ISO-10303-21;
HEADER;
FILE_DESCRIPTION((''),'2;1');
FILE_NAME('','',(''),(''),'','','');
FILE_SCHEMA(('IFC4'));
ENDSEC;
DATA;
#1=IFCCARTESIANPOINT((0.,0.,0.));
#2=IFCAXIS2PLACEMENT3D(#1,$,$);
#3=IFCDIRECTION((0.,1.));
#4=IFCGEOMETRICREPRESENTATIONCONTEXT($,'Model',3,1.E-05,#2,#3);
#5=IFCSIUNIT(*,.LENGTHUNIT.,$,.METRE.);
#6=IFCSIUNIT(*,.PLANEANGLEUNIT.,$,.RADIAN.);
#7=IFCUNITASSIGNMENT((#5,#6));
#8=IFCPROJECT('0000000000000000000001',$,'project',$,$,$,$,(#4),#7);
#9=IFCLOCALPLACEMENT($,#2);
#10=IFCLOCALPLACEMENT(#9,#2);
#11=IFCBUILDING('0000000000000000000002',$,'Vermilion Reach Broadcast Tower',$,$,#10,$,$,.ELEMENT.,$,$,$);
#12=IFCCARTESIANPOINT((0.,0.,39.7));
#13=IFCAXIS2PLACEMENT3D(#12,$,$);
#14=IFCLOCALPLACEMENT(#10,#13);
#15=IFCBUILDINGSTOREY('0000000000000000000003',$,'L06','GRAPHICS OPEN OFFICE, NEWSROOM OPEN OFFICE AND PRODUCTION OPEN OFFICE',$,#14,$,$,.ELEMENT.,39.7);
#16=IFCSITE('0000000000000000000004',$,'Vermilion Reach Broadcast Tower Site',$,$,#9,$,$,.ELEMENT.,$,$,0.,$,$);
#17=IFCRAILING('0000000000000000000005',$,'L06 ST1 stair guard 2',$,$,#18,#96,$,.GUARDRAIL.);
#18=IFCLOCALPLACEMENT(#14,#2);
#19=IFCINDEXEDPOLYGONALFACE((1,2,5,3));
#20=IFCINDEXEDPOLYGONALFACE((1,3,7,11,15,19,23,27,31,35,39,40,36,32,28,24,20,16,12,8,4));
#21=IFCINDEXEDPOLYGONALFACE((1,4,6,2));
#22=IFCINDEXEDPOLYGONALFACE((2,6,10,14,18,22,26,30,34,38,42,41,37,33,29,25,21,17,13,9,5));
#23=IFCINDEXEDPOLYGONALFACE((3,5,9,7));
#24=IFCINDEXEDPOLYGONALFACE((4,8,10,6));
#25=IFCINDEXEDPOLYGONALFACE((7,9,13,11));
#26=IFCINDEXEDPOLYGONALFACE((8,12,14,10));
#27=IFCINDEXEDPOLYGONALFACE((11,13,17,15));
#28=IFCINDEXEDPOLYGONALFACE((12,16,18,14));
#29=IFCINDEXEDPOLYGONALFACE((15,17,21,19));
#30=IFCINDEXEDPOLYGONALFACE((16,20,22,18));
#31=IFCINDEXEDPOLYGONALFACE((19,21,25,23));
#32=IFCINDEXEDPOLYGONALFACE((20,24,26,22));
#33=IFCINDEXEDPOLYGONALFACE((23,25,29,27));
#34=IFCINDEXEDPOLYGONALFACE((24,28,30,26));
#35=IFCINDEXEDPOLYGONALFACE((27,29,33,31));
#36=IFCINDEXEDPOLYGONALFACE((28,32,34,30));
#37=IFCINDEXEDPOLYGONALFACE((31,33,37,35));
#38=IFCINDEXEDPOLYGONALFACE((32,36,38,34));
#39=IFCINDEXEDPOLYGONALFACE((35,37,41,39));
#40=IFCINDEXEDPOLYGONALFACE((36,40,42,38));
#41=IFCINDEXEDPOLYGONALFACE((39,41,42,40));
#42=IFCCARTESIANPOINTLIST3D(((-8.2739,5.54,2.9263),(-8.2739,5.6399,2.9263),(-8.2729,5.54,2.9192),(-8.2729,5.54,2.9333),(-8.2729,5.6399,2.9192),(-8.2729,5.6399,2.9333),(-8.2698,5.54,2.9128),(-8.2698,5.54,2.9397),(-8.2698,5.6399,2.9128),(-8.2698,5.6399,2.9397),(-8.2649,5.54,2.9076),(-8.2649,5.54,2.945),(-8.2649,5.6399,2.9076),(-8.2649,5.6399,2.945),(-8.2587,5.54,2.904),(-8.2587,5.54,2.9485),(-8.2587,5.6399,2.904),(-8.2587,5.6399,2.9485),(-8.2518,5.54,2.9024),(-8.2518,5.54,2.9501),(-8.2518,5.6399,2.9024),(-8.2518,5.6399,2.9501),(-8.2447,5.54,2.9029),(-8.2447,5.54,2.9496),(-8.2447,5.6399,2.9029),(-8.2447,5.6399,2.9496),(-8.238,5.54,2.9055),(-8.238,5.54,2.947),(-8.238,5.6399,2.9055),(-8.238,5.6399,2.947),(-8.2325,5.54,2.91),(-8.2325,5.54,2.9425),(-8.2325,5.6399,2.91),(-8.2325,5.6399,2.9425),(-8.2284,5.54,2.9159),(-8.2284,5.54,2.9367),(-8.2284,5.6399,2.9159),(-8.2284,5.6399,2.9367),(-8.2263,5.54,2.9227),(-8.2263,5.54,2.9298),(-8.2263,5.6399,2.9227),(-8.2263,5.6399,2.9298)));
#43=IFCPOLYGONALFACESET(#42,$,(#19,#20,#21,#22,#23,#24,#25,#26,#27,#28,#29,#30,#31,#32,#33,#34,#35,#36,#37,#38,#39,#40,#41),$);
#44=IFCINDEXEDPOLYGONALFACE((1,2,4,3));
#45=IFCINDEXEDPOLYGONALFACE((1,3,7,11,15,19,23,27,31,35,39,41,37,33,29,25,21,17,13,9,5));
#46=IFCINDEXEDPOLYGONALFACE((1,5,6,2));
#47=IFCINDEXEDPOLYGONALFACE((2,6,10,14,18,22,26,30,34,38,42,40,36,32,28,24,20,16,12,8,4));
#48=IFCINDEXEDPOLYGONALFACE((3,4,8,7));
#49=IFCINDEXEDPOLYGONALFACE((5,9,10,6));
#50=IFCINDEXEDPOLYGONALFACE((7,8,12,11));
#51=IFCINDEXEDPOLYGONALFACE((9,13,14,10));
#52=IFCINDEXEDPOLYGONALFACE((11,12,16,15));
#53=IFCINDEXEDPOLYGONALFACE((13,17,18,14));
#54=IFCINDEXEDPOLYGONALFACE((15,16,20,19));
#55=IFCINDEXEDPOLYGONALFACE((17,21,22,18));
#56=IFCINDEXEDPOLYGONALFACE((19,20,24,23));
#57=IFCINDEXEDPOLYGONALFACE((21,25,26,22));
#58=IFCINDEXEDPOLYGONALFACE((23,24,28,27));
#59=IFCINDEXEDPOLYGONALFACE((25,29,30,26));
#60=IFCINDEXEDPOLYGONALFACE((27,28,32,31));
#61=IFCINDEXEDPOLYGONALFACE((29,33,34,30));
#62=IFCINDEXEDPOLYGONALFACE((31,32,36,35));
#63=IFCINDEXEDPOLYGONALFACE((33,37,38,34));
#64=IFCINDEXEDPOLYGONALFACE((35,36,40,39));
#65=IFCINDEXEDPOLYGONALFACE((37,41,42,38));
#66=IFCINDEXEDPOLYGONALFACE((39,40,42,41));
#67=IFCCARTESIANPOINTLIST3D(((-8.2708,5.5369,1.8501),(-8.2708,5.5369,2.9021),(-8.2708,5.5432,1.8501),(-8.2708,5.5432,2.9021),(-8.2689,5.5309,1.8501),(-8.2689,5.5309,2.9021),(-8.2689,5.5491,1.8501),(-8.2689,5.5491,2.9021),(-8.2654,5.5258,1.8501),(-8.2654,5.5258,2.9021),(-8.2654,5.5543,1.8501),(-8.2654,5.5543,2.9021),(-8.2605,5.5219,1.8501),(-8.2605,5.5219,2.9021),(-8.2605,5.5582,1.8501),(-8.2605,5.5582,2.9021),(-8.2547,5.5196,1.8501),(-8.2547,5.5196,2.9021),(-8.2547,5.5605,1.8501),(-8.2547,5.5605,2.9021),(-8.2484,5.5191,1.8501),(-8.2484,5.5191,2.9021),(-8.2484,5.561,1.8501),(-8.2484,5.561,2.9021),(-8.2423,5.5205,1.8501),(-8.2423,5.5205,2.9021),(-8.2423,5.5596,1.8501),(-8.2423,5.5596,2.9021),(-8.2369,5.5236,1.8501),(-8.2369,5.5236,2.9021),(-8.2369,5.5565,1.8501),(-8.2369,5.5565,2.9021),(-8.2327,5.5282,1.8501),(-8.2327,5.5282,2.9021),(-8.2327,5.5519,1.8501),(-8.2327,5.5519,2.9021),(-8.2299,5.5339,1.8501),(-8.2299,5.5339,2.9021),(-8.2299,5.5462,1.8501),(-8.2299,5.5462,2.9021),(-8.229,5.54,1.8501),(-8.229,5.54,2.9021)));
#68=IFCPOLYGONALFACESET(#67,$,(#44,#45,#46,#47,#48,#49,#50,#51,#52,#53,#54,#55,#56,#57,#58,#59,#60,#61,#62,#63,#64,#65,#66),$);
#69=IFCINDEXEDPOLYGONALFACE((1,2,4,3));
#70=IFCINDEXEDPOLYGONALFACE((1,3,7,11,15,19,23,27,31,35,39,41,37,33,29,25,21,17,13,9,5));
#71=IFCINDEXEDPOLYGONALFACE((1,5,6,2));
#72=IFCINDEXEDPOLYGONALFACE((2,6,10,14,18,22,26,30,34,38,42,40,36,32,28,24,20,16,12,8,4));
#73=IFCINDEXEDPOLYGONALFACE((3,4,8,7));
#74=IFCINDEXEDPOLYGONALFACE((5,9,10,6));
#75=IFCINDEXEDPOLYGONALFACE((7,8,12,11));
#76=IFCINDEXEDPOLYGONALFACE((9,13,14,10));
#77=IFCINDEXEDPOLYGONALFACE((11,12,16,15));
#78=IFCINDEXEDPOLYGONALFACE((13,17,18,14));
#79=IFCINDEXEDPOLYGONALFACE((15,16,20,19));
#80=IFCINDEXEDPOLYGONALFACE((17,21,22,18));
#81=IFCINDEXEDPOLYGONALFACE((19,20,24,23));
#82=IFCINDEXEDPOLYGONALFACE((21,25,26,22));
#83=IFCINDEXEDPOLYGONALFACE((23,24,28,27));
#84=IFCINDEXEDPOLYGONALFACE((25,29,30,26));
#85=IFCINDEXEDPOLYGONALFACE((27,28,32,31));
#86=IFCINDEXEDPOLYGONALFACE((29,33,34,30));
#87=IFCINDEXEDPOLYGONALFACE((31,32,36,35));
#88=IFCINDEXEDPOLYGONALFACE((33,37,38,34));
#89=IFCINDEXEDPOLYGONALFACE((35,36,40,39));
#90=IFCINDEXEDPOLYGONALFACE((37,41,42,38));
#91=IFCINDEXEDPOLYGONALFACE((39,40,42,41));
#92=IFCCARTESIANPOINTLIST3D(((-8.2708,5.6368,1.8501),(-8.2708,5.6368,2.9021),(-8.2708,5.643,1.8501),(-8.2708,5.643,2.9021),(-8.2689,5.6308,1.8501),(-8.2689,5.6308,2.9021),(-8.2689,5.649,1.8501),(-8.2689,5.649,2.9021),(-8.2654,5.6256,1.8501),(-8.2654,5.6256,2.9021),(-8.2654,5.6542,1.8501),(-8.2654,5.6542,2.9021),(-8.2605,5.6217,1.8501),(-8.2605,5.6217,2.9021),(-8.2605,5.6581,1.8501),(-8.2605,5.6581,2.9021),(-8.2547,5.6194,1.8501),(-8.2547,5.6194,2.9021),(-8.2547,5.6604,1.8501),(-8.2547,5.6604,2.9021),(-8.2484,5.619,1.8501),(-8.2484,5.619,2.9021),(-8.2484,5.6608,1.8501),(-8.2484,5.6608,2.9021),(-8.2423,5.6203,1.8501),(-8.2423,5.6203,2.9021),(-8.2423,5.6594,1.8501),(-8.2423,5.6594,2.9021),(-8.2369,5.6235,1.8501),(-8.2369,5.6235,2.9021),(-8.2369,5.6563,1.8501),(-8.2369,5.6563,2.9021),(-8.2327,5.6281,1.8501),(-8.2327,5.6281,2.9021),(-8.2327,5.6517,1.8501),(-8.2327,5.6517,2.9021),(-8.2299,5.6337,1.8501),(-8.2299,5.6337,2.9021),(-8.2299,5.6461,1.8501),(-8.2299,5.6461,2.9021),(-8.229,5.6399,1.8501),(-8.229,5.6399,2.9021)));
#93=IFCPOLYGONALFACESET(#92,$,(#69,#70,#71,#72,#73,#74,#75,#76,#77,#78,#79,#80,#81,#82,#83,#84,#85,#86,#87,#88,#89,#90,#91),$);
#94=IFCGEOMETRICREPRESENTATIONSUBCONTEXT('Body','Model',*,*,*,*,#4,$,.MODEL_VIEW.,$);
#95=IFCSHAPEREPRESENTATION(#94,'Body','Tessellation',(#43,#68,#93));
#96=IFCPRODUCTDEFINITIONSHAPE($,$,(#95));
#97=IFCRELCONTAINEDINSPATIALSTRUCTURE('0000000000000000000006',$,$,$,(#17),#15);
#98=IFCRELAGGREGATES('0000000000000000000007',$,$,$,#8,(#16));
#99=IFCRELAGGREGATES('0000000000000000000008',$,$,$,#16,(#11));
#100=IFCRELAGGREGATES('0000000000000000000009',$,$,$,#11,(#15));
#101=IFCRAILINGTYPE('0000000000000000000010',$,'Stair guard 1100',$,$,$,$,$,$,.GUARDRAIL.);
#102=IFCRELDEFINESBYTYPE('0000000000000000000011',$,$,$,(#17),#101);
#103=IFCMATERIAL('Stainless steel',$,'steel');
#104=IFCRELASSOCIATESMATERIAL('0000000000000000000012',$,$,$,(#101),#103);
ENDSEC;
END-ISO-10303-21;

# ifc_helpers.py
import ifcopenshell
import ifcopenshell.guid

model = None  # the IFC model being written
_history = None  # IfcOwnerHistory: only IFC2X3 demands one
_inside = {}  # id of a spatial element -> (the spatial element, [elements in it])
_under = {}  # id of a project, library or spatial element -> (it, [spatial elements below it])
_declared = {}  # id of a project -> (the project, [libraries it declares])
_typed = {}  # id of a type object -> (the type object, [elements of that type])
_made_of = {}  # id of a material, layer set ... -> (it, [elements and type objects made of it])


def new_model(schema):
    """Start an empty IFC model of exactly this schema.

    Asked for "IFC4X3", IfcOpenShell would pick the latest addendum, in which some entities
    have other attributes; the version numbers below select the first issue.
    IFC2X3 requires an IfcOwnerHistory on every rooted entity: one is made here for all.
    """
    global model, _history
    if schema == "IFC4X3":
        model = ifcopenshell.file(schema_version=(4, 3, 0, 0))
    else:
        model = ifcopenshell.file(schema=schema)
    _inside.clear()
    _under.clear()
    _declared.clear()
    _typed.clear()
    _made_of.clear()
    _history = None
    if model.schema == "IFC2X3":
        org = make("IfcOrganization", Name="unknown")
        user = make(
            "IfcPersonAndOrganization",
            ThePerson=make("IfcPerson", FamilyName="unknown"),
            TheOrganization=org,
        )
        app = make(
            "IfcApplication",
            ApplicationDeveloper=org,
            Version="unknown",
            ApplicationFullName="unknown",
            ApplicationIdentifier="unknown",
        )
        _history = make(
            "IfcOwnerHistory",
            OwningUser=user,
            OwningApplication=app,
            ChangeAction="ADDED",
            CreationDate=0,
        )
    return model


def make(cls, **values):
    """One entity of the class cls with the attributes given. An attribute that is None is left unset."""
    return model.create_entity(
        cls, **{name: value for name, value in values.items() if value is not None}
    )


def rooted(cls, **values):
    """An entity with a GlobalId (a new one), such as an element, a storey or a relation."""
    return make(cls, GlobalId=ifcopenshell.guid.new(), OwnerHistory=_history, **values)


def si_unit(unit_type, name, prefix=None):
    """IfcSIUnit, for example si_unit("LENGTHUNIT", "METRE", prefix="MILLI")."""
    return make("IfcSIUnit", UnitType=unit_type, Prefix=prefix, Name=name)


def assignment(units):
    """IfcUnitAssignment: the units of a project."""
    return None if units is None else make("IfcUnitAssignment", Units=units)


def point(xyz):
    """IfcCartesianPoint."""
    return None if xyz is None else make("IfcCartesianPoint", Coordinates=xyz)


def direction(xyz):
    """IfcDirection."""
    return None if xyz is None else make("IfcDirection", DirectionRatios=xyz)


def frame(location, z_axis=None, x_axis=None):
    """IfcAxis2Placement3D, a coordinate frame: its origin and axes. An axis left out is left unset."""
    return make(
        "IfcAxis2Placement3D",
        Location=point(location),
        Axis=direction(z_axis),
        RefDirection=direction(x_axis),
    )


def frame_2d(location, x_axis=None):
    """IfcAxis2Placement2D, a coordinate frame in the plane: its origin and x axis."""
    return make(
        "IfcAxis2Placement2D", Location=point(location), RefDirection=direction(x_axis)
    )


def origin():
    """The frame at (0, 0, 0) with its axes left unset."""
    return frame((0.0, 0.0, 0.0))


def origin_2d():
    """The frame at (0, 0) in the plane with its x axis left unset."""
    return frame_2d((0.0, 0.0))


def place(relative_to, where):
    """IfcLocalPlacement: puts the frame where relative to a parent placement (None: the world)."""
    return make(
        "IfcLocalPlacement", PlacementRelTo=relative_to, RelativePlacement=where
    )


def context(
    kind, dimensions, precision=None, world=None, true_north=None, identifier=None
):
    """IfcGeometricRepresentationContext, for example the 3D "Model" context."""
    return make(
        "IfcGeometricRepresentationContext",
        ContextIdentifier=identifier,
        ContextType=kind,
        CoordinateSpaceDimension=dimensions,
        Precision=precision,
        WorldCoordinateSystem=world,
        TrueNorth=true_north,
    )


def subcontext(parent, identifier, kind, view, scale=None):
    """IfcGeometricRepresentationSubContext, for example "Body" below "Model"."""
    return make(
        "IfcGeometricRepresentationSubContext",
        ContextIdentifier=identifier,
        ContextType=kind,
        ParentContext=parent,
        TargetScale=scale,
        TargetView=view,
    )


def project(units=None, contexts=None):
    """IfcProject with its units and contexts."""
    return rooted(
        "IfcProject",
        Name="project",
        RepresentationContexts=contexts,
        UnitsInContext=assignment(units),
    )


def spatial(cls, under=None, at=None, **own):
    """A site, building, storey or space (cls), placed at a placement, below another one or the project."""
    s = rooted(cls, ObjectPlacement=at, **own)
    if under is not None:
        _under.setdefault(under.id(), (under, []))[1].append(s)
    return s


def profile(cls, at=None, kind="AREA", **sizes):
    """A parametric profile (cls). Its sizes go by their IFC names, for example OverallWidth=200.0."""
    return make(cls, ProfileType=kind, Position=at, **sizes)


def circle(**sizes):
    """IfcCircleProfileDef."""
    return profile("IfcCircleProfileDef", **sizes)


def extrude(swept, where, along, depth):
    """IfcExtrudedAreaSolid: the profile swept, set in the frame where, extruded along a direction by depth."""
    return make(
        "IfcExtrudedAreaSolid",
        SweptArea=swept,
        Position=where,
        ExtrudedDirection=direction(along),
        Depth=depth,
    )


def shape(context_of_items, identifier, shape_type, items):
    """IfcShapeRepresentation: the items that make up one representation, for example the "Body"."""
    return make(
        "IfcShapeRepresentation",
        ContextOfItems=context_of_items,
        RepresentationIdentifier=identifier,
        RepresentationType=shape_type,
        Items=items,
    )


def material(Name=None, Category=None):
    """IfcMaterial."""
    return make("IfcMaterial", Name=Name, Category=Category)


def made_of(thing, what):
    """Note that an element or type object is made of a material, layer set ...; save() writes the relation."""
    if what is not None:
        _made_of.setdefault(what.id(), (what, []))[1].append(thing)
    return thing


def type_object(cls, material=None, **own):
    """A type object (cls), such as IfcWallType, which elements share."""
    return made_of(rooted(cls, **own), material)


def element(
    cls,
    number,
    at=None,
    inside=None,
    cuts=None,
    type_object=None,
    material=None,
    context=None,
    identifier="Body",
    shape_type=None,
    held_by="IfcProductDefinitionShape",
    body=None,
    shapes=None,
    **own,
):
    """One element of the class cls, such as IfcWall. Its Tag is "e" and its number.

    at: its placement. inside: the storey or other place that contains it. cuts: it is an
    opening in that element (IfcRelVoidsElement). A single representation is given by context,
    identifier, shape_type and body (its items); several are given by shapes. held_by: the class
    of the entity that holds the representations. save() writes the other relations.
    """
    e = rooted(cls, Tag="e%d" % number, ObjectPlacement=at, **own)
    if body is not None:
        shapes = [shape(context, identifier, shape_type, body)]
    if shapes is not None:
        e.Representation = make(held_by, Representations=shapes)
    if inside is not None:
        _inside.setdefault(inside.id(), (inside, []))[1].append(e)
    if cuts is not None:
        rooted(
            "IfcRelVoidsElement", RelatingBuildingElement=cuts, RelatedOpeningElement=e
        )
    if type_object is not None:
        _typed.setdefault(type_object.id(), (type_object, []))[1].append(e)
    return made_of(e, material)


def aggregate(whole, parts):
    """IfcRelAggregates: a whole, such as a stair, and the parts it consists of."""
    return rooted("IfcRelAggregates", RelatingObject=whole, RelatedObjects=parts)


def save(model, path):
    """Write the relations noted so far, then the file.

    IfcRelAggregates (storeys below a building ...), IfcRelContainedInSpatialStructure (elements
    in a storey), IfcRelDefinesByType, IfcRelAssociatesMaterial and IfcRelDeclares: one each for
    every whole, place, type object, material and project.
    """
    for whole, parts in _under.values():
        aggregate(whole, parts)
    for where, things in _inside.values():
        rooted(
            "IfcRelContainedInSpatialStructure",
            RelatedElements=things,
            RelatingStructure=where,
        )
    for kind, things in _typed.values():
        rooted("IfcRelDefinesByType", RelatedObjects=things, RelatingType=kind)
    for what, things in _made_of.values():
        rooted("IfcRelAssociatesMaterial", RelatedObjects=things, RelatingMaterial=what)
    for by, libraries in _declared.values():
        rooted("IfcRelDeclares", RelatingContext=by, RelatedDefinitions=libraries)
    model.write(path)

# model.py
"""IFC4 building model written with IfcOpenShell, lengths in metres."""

from ifc_helpers import new_model, si_unit, direction, frame, origin, origin_2d, place, context, subcontext, project, spatial, circle, extrude, material, type_object, element, save


model = new_model("IFC4")

# Units and contexts
model_context = context("Model", 3, precision=1e-05, world=origin(), true_north=direction((0.0, 1.0)))
body_context = subcontext(model_context, "Body", "Model", "MODEL_VIEW")
ifc_project = project(units=[si_unit("LENGTHUNIT", "METRE"), si_unit("PLANEANGLEUNIT", "RADIAN")], contexts=[model_context])

# Site, building, storey
site_placement = place(None, origin())
site = spatial("IfcSite", under=ifc_project, at=site_placement, Name="Vermilion Reach Broadcast Tower Site", CompositionType="ELEMENT", RefElevation=0.0)
building_placement = place(site_placement, origin())
building = spatial("IfcBuilding", under=site, at=building_placement, Name="Vermilion Reach Broadcast Tower", CompositionType="ELEMENT")
storey_placement = place(building_placement, frame((0.0, 0.0, 39.7)))
storey = spatial("IfcBuildingStorey", under=building, at=storey_placement, Name="L06", Description="GRAPHICS OPEN OFFICE, NEWSROOM OPEN OFFICE AND PRODUCTION OPEN OFFICE", CompositionType="ELEMENT", Elevation=39.7)

# Railing
ifc_material_1 = material(Name="Stainless steel", Category="steel")
railing_type_1 = type_object("IfcRailingType", Name="Stair guard 1100", PredefinedType="GUARDRAIL", material=ifc_material_1)
railing_1_placement = place(storey_placement, frame((-8.25, 5.54, 1.8501)))
element("IfcRailing", 1, at=railing_1_placement, inside=storey, type_object=railing_type_1, Name="L06 ST1 stair guard 2", PredefinedType="GUARDRAIL", context=body_context, shape_type="SweptSolid", body=[
    extrude(circle(Radius=0.0239, at=origin_2d()), frame((0.0, 0.0, 1.0762), z_axis=(0.0, 1.0, 0.0), x_axis=(-1.0, 0.0, 0.0)), (0.0, 0.0, 1.0), 0.0999),
    extrude(circle(Radius=0.021, at=origin_2d()), origin(), (0.0, 0.0, 1.0), 1.052),
    extrude(circle(Radius=0.021, at=origin_2d()), frame((0.0, 0.0999, 0.0)), (0.0, 0.0, 1.0), 1.052),
])

save(model, "model.ifc")
